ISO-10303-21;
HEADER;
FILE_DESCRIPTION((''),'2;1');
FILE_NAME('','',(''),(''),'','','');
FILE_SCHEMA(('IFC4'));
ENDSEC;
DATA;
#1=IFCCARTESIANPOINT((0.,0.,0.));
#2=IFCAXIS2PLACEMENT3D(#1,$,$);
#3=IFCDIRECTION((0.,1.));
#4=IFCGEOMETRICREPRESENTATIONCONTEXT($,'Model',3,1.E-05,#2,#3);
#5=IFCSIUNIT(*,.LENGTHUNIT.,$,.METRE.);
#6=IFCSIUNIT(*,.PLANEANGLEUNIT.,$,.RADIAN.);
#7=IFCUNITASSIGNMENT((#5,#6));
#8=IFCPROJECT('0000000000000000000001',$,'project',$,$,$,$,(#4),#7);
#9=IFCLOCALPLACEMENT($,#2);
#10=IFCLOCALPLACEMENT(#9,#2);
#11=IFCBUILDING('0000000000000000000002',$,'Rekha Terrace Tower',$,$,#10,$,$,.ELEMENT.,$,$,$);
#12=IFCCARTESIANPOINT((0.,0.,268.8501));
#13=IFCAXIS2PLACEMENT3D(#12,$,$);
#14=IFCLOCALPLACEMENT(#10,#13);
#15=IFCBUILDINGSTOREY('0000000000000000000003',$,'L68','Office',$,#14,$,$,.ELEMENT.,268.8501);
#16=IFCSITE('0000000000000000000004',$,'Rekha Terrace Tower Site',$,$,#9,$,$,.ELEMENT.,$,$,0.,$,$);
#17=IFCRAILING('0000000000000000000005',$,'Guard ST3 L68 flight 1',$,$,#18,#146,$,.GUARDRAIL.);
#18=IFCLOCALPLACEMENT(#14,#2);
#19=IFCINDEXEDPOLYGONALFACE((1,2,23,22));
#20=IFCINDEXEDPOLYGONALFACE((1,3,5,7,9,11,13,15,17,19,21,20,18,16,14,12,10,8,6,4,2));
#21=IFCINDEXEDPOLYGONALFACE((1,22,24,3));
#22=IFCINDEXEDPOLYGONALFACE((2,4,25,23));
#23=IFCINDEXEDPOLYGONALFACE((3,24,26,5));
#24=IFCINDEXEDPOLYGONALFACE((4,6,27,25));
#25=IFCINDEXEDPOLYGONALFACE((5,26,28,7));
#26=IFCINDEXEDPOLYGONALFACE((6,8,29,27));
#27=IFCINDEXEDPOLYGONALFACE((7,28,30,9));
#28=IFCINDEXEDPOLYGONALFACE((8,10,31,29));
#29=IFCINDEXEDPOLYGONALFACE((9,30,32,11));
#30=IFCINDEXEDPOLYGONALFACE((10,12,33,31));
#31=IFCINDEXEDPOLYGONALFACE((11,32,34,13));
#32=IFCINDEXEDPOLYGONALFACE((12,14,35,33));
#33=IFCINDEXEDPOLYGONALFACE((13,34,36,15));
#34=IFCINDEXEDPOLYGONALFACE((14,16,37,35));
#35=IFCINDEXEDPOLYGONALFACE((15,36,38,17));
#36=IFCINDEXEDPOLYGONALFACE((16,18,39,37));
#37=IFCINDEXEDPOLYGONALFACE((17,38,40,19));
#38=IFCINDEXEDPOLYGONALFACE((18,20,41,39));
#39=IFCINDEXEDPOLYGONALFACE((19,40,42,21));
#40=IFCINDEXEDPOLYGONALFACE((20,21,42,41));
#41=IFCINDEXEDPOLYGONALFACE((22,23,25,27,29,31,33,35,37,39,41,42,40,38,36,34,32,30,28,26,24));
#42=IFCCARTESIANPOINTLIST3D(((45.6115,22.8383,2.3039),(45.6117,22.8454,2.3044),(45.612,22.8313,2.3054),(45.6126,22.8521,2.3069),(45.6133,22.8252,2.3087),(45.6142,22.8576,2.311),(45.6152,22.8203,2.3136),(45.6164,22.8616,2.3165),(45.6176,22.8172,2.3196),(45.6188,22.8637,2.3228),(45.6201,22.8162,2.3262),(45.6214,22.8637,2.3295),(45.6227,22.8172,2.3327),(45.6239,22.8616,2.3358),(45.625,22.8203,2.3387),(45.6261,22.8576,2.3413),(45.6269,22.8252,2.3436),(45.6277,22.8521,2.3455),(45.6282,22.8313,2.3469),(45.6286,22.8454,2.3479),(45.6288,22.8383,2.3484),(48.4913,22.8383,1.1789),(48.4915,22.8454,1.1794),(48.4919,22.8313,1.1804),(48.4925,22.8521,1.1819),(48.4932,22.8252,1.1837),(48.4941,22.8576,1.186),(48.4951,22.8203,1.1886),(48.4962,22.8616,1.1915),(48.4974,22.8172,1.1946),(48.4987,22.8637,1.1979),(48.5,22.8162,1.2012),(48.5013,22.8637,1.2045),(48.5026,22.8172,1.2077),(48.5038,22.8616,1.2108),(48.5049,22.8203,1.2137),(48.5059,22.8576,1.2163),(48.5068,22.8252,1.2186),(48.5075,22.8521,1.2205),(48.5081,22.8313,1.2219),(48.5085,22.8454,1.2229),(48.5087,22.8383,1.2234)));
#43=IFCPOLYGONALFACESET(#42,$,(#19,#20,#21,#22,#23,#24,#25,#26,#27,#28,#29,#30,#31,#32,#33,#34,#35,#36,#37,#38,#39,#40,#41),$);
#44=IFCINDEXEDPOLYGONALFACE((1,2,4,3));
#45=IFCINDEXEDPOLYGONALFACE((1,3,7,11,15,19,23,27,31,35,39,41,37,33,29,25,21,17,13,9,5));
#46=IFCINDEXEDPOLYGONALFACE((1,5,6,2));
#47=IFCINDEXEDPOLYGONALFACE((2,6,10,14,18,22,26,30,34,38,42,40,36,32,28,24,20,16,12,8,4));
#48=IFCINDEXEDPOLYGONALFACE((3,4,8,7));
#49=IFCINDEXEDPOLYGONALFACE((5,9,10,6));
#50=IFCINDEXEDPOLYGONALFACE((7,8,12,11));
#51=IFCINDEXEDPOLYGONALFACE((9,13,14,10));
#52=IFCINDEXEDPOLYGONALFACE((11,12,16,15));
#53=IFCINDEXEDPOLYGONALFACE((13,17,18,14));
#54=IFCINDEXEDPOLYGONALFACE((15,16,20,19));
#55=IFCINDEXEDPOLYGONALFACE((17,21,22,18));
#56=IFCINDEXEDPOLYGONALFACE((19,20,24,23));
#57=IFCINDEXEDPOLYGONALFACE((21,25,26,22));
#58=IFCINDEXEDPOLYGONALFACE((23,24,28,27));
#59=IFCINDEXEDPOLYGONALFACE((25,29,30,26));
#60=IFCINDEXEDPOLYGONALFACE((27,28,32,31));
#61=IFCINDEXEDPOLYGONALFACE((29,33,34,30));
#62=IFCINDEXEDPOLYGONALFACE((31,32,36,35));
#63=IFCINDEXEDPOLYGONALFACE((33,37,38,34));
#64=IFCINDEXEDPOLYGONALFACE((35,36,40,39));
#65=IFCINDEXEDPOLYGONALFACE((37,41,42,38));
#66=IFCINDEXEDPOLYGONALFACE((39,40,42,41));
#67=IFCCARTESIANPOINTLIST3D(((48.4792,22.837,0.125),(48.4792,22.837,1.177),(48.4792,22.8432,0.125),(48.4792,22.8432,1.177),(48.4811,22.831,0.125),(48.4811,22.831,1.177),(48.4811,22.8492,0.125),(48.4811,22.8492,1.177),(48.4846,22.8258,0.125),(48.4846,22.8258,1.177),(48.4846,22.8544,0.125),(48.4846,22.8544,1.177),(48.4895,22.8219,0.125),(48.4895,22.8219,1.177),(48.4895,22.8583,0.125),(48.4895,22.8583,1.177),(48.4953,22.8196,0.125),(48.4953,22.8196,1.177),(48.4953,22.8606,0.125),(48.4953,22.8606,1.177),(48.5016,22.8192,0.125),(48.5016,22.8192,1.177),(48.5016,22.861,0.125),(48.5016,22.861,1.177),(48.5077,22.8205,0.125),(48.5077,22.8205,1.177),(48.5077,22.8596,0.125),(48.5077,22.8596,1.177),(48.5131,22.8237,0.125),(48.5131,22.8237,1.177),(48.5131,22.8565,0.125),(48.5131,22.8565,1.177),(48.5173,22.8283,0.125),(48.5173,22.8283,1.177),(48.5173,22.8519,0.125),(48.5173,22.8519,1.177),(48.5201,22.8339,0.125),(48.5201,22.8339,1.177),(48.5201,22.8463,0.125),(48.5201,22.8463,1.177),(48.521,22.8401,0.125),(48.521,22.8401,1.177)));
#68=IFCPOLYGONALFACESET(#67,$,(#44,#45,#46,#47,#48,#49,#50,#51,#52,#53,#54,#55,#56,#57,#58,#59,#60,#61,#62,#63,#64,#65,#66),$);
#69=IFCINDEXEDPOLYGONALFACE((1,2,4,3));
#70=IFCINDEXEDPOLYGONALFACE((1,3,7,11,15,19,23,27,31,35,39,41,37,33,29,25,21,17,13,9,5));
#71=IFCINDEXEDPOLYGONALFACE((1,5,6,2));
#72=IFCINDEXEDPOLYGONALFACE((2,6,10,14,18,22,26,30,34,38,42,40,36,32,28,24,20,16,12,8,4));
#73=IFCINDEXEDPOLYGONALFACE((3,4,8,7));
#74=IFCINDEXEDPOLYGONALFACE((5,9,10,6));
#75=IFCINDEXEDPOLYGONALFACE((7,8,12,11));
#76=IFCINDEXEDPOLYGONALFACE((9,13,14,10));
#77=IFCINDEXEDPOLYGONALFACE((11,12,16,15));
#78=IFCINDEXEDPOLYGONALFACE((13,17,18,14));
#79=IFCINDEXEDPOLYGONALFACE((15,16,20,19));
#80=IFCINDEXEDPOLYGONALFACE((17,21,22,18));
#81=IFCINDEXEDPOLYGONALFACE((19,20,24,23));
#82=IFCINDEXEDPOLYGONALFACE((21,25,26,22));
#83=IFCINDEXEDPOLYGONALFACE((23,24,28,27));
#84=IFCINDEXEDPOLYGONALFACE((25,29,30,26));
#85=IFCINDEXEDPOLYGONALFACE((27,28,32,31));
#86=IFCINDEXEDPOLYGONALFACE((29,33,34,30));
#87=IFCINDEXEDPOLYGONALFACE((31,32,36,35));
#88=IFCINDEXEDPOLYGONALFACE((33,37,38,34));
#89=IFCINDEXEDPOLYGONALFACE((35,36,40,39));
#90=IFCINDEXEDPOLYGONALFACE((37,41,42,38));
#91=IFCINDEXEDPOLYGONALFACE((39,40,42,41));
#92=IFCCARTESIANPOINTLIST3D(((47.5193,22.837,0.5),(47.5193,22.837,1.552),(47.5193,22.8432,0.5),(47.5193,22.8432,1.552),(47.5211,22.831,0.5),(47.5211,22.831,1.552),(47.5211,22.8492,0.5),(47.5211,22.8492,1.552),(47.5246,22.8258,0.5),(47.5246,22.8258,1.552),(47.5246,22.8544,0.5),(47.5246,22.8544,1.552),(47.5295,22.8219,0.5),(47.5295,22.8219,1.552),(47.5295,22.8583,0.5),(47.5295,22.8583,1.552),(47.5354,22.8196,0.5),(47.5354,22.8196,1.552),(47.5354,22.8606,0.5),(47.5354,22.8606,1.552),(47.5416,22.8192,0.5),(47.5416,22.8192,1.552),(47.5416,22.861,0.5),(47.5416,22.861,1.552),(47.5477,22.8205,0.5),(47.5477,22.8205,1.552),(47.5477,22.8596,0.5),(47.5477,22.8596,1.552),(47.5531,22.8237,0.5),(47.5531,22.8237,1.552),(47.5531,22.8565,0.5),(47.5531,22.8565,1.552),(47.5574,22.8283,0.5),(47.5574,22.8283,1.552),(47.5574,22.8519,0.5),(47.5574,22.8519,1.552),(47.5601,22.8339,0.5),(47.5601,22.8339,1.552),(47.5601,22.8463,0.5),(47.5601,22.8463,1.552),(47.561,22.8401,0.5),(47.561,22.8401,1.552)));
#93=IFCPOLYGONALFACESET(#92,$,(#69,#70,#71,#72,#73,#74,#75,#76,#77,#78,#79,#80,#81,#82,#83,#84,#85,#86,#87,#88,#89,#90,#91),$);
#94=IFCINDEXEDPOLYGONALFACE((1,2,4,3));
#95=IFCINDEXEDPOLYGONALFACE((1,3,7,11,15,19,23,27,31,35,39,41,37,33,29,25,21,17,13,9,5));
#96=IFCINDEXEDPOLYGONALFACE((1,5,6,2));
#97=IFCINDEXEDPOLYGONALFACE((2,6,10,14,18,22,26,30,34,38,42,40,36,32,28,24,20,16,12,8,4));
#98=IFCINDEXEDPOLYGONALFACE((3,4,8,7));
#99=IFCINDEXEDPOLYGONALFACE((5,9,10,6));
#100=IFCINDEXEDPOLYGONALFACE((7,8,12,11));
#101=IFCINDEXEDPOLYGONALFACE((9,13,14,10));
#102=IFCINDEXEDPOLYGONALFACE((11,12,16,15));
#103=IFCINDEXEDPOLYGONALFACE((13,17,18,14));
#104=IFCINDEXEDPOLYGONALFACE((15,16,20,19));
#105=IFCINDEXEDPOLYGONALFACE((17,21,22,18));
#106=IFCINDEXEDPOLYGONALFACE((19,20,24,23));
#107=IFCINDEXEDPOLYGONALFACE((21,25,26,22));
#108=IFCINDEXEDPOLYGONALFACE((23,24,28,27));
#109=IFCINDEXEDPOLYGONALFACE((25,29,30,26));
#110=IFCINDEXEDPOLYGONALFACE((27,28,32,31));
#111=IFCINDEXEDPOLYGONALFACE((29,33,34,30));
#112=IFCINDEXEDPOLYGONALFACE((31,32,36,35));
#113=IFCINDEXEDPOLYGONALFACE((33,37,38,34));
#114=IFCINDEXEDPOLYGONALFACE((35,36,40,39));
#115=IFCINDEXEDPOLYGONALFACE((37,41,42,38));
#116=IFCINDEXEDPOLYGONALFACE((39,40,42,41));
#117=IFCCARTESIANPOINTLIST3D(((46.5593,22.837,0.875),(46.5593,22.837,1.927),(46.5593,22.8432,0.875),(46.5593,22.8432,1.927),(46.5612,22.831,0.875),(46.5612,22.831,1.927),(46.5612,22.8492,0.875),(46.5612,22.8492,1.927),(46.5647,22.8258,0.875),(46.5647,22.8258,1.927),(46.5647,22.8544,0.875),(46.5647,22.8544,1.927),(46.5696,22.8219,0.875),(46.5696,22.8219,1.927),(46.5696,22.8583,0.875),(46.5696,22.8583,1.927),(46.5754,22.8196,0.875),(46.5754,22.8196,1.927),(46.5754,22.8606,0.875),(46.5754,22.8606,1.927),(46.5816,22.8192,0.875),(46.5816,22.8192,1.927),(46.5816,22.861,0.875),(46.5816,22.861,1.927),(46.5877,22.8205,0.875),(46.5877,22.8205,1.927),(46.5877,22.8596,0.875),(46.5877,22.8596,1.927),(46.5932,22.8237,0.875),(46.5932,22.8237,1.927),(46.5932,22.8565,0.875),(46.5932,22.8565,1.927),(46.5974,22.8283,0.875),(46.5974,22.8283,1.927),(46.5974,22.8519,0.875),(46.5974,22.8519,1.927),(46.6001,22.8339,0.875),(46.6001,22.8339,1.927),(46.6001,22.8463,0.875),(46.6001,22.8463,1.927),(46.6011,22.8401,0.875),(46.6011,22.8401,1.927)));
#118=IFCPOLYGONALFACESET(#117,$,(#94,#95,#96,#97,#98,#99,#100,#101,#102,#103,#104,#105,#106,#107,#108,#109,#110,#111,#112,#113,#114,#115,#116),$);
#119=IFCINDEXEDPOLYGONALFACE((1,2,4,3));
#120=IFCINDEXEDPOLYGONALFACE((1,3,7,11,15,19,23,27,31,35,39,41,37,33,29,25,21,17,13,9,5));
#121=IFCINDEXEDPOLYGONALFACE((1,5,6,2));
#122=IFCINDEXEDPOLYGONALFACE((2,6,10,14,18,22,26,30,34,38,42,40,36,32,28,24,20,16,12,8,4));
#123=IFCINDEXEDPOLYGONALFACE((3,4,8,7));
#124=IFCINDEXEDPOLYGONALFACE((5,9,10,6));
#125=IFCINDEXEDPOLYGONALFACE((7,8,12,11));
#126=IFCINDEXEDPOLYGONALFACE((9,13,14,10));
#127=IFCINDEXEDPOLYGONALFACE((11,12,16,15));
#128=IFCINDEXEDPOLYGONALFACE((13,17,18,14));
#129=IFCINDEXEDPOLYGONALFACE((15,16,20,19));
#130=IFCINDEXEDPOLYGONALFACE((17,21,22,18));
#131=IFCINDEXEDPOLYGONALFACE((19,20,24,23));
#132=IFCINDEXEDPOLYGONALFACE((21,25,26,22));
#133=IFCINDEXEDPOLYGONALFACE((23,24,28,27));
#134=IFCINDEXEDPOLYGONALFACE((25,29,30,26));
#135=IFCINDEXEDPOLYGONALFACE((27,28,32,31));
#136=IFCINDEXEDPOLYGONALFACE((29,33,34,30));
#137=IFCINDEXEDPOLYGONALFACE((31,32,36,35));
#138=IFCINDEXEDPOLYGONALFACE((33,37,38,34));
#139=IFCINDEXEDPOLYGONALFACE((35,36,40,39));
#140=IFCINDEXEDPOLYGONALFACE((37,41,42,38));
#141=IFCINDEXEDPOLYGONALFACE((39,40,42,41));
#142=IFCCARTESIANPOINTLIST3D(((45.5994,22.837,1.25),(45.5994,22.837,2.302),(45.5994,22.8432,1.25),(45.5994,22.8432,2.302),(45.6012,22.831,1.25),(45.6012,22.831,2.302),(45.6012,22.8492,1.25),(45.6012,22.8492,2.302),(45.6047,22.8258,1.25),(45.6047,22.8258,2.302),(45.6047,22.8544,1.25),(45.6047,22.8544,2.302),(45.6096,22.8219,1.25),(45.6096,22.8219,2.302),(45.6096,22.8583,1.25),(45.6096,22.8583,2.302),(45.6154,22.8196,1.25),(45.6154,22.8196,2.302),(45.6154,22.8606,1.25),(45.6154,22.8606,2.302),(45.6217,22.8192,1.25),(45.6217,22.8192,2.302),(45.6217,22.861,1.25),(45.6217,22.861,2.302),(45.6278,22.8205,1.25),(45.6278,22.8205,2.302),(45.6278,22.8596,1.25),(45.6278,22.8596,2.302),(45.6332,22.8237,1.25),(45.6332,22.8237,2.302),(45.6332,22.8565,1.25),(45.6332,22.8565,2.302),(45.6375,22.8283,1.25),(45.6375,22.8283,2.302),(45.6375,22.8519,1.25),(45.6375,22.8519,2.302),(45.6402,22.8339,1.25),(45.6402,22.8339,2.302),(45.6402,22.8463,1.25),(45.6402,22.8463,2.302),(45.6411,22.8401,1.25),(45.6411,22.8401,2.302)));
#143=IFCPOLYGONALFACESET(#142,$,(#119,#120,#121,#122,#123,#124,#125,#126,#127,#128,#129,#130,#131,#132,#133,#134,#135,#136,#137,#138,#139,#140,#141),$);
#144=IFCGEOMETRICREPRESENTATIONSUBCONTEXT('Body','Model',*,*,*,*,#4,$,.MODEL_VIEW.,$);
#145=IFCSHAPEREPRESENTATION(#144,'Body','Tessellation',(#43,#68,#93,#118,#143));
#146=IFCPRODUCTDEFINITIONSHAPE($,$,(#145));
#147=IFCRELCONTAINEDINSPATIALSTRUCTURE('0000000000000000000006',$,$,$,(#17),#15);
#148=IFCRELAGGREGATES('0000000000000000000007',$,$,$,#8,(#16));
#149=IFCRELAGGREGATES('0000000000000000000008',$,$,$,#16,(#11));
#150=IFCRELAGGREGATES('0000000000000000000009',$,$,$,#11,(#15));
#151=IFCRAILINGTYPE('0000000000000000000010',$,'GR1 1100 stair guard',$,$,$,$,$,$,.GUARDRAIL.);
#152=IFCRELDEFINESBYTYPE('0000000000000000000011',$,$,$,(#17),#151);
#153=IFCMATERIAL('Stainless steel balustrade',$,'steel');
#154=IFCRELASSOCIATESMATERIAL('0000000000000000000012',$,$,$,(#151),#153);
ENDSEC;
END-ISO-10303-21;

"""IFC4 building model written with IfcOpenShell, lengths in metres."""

from ifc_helpers import new_model, si_unit, direction, frame, origin, origin_2d, place, context, subcontext, project, spatial, circle, extrude, material, type_object, element, save


model = new_model("IFC4")

# Units and contexts
model_context = context("Model", 3, precision=1e-05, world=origin(), true_north=direction((0.0, 1.0)))
body_context = subcontext(model_context, "Body", "Model", "MODEL_VIEW")
ifc_project = project(units=[si_unit("LENGTHUNIT", "METRE"), si_unit("PLANEANGLEUNIT", "RADIAN")], contexts=[model_context])

# Site, building, storey
site_placement = place(None, origin())
site = spatial("IfcSite", under=ifc_project, at=site_placement, Name="Rekha Terrace Tower Site", CompositionType="ELEMENT", RefElevation=0.0)
building_placement = place(site_placement, origin())
building = spatial("IfcBuilding", under=site, at=building_placement, Name="Rekha Terrace Tower", CompositionType="ELEMENT")
storey_placement = place(building_placement, frame((0.0, 0.0, 268.8501)))
storey = spatial("IfcBuildingStorey", under=building, at=storey_placement, Name="L68", Description="Office", CompositionType="ELEMENT", Elevation=268.8501)

# Railing
ifc_material_1 = material(Name="Stainless steel balustrade", Category="steel")
railing_type_1 = type_object("IfcRailingType", Name="GR1 1100 stair guard", PredefinedType="GUARDRAIL", material=ifc_material_1)
railing_1_placement = place(storey_placement, frame((48.5, 22.8401, 0.125)))
element("IfcRailing", 1, at=railing_1_placement, inside=storey, type_object=railing_type_1, Name="Guard ST3 L68 flight 1", PredefinedType="GUARDRAIL", context=body_context, shape_type="SweptSolid", body=[
    extrude(circle(Radius=0.0239, at=origin_2d()), frame((0.0, 0.0, 1.0762), z_axis=(-0.931452, 0.0, 0.363863), x_axis=(0.0, -1.0, 0.0)), (0.0, 0.0, 1.0), 3.0918),
    extrude(circle(Radius=0.021, at=origin_2d()), origin(), (0.0, 0.0, 1.0), 1.052),
    extrude(circle(Radius=0.021, at=origin_2d()), frame((-0.96, 0.0, 0.375)), (0.0, 0.0, 1.0), 1.052),
    extrude(circle(Radius=0.021, at=origin_2d()), frame((-1.9199, 0.0, 0.75)), (0.0, 0.0, 1.0), 1.052),
    extrude(circle(Radius=0.021, at=origin_2d()), frame((-2.8799, 0.0, 1.125)), (0.0, 0.0, 1.0), 1.052),
])

save(model, "model.ifc")
